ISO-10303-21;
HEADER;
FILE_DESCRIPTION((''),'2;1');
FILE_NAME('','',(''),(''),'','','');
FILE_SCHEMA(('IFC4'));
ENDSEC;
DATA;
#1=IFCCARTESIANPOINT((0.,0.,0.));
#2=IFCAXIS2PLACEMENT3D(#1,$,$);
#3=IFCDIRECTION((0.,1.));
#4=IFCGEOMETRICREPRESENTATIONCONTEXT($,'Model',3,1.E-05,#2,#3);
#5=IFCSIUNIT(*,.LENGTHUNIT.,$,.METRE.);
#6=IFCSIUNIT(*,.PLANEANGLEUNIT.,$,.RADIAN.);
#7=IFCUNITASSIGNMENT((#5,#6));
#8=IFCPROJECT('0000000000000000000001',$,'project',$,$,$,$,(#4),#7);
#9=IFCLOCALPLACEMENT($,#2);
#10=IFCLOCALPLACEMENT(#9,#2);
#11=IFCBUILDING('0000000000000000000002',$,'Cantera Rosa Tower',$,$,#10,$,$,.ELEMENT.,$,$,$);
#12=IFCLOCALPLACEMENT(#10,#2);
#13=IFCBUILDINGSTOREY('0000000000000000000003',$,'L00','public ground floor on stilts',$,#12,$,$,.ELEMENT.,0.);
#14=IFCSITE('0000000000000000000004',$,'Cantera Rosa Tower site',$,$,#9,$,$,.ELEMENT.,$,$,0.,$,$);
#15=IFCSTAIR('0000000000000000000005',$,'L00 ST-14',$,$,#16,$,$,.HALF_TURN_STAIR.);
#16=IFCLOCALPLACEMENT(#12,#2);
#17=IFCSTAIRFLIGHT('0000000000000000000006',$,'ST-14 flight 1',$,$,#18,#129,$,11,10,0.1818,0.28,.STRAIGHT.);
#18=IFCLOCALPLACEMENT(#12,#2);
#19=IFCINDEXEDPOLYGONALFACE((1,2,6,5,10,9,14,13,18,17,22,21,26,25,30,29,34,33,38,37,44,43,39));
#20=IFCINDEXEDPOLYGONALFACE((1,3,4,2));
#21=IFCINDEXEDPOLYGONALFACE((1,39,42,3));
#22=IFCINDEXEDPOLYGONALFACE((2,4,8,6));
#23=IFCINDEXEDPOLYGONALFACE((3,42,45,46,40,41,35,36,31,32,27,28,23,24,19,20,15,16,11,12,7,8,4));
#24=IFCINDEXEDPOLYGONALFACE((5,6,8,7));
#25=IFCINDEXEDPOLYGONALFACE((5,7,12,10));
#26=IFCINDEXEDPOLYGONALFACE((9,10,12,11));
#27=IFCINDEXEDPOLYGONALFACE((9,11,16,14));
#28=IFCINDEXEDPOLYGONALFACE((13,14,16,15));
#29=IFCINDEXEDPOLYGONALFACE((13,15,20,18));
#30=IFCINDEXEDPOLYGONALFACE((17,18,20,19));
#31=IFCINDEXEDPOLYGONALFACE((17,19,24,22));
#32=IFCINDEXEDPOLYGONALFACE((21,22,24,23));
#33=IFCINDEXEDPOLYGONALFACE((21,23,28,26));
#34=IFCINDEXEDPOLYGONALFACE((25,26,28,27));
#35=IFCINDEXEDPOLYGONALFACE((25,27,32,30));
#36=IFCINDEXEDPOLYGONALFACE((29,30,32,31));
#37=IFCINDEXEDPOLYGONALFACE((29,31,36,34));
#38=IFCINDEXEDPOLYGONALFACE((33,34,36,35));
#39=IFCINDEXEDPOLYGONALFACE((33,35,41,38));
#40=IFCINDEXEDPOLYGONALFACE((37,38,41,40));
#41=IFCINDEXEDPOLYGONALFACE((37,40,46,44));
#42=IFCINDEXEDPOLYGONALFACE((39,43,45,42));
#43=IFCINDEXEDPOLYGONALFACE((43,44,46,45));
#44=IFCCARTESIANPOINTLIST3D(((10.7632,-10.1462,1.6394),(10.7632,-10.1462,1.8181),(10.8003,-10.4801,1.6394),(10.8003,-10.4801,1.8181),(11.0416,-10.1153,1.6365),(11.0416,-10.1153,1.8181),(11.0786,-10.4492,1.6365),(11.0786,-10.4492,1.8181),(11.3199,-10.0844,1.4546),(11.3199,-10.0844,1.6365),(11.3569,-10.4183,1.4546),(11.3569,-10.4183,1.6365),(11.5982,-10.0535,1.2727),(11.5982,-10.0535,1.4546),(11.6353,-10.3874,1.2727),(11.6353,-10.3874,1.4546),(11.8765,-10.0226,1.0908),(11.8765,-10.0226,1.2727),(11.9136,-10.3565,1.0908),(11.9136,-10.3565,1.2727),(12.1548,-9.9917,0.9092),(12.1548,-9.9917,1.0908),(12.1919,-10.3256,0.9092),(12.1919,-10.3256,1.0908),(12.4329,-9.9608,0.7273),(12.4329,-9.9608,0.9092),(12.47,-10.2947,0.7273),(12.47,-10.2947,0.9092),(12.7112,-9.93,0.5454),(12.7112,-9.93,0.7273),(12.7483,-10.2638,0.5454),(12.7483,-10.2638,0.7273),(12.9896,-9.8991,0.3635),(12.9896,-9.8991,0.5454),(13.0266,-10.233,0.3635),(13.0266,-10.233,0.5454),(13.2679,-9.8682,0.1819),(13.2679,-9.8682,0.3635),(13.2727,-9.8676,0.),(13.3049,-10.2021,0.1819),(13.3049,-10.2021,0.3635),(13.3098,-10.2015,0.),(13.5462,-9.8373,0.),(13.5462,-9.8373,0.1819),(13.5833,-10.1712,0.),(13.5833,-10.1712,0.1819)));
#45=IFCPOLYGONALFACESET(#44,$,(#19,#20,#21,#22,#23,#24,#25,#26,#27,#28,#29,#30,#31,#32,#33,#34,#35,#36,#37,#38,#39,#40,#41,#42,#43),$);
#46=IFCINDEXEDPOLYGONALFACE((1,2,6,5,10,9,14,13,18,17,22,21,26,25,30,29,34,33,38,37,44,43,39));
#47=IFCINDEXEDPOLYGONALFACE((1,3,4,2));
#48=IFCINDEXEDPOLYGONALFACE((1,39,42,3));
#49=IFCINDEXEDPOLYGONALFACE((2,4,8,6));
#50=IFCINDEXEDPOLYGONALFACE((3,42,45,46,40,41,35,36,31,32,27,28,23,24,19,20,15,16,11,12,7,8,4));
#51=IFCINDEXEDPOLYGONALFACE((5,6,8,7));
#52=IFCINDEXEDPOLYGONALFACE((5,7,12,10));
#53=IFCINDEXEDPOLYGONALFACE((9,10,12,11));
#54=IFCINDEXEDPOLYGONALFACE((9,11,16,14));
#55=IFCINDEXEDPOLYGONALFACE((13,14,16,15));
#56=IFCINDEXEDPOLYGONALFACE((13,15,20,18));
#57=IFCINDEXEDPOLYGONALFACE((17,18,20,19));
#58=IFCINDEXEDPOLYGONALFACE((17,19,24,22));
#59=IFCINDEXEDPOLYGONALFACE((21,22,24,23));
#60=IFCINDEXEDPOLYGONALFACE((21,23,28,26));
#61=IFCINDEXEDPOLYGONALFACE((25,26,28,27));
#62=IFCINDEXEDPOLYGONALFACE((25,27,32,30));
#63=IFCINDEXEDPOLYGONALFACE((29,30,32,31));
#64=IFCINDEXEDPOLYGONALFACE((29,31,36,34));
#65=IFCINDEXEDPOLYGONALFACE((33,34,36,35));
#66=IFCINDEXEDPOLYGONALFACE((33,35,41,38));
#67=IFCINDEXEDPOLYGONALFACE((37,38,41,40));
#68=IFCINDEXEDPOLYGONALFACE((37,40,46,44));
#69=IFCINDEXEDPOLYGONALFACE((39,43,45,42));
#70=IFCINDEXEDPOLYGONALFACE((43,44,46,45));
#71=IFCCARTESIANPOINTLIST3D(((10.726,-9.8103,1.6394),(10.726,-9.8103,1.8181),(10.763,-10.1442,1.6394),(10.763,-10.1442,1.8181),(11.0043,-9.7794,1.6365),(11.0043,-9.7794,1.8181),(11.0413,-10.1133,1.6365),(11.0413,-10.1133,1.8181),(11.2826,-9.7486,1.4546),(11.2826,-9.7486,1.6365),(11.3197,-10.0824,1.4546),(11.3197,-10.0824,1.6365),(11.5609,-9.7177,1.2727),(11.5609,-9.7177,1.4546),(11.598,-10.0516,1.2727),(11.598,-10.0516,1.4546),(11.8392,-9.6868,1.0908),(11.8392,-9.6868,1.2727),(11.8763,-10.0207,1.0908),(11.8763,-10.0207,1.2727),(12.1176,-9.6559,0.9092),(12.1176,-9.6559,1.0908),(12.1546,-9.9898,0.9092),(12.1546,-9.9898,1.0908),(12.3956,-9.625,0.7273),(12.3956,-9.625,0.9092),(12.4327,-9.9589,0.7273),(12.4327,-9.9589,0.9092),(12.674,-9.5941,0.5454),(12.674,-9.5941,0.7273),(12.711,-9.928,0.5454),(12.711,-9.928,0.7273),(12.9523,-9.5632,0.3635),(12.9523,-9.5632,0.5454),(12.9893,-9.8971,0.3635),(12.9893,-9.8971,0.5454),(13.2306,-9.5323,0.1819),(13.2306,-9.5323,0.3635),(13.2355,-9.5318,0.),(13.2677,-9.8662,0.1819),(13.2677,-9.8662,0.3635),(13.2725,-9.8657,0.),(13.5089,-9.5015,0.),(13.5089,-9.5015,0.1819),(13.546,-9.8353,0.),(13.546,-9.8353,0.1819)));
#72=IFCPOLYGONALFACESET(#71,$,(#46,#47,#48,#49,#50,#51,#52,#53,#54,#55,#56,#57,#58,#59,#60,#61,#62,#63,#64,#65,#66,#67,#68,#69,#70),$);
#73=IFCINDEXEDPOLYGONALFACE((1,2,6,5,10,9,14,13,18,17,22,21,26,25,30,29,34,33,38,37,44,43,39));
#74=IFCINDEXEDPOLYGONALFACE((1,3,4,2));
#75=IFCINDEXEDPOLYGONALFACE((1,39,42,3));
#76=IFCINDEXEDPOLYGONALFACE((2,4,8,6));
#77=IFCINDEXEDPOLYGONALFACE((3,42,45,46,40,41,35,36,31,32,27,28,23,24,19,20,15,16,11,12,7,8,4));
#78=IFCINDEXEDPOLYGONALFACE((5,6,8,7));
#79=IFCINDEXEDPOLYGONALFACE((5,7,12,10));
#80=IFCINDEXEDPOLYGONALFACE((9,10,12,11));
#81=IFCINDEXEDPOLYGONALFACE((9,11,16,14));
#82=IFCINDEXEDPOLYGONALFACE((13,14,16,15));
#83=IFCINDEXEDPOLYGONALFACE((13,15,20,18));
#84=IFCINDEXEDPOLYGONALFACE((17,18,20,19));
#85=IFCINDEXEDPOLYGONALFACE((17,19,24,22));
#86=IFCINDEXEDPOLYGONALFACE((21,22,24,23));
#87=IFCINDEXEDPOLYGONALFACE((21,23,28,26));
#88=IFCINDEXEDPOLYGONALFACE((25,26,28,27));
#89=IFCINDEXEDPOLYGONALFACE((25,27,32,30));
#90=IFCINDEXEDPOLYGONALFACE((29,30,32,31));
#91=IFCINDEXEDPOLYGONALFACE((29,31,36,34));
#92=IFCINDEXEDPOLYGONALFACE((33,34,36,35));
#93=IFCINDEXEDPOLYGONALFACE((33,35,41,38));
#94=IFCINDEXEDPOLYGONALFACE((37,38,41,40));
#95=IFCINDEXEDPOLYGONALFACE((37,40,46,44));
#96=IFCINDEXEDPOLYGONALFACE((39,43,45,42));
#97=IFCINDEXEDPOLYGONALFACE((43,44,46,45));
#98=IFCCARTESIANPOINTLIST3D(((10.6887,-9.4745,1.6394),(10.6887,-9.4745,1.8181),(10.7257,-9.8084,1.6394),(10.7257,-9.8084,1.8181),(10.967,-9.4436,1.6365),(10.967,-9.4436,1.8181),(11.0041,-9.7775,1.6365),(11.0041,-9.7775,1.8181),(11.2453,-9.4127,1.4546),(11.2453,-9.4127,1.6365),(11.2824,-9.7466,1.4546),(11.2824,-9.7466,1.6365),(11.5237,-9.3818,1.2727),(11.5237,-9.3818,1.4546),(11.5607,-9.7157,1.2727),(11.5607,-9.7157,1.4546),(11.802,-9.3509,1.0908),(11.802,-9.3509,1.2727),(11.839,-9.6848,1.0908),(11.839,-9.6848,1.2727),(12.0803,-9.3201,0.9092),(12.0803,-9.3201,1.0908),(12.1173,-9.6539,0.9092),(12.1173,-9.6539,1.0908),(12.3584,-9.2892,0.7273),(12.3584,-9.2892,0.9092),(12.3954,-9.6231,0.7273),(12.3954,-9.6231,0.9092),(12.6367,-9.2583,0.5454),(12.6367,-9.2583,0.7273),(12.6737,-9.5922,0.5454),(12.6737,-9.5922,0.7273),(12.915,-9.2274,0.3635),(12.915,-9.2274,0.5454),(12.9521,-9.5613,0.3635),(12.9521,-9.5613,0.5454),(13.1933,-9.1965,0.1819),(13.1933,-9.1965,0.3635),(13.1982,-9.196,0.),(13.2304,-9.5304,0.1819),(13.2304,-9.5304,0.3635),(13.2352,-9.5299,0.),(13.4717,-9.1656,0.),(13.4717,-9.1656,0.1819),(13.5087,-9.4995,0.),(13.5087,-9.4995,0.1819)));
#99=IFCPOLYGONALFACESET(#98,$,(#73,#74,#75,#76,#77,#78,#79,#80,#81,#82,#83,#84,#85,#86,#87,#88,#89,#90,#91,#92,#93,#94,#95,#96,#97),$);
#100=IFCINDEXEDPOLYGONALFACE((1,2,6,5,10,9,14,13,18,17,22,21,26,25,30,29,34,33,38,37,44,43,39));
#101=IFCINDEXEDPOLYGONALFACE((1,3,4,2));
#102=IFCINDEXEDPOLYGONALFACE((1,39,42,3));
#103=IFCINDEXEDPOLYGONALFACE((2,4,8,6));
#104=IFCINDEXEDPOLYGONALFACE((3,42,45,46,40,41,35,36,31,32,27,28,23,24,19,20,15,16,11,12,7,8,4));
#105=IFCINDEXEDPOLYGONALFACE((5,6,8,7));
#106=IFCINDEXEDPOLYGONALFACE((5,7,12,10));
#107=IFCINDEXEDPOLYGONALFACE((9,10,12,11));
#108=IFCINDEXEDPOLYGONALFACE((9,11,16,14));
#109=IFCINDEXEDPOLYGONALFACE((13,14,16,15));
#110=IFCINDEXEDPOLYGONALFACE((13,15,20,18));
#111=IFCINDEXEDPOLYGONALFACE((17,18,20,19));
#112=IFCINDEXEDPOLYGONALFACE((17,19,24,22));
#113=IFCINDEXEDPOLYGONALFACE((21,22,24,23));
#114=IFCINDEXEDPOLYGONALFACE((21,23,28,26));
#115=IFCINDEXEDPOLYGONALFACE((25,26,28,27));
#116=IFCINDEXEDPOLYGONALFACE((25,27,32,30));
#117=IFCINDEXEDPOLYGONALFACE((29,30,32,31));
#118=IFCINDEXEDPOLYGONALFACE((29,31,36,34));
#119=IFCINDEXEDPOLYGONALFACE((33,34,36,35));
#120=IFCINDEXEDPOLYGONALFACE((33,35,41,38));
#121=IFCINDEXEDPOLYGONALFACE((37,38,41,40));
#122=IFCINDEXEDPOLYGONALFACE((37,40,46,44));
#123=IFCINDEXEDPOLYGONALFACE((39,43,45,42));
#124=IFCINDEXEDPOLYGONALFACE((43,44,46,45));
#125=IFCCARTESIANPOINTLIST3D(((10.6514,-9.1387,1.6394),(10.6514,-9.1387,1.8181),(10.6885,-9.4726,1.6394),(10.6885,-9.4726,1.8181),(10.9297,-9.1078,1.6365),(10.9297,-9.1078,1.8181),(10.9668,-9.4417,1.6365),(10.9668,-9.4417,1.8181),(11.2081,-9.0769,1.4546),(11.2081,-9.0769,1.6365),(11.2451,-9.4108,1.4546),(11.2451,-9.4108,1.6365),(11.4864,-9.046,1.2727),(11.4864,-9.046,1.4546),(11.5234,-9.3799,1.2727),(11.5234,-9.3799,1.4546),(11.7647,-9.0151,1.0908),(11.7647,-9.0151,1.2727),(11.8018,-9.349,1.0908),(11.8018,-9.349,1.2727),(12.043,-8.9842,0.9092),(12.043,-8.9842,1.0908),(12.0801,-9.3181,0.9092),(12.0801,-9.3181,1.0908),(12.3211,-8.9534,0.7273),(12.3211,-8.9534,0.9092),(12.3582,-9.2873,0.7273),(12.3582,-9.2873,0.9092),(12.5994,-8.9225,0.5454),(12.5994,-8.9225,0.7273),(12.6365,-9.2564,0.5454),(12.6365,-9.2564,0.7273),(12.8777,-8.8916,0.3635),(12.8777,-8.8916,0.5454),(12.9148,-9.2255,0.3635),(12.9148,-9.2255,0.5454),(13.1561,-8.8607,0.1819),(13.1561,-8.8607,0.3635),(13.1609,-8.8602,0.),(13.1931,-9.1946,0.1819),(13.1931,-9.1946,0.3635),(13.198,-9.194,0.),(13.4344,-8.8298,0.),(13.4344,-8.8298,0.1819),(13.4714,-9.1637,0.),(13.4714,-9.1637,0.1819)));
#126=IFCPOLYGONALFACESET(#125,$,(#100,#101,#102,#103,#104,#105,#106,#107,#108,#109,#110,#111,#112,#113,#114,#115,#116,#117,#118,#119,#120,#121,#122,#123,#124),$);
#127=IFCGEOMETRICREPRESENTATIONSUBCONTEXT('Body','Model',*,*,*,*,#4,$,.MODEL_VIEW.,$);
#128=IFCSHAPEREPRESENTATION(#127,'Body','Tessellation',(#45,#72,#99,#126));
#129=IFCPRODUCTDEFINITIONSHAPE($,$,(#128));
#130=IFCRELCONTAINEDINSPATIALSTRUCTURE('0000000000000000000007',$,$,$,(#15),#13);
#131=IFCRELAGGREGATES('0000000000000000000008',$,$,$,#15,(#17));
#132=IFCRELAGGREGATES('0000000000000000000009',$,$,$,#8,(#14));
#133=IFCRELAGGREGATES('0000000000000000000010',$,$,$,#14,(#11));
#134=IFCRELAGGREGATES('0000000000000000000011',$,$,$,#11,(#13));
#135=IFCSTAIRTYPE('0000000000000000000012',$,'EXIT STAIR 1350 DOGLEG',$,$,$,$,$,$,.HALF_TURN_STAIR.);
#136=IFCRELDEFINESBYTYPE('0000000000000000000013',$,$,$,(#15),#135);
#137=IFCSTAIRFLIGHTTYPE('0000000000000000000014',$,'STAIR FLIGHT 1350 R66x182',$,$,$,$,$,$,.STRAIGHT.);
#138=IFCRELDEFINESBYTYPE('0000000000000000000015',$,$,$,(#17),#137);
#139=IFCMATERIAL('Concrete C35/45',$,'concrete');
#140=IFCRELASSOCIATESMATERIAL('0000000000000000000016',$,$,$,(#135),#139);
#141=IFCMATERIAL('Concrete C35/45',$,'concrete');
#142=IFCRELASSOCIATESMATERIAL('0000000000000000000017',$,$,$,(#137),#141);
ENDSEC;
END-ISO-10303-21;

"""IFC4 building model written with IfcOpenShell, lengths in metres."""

from ifc_helpers import new_model, si_unit, direction, frame, origin, place, context, subcontext, project, spatial, polyline, outline, extrude, material, type_object, element, aggregate, save


model = new_model("IFC4")

# Units and contexts
model_context = context("Model", 3, precision=1e-05, world=origin(), true_north=direction((0.0, 1.0)))
body_context = subcontext(model_context, "Body", "Model", "MODEL_VIEW")
ifc_project = project(units=[si_unit("LENGTHUNIT", "METRE"), si_unit("PLANEANGLEUNIT", "RADIAN")], contexts=[model_context])

# Site, building, storey
site_placement = place(None, origin())
site = spatial("IfcSite", under=ifc_project, at=site_placement, Name="Cantera Rosa Tower site", CompositionType="ELEMENT", RefElevation=0.0)
building_placement = place(site_placement, origin())
building = spatial("IfcBuilding", under=site, at=building_placement, Name="Cantera Rosa Tower", CompositionType="ELEMENT")
storey_placement = place(building_placement, origin())
storey = spatial("IfcBuildingStorey", under=building, at=storey_placement, Name="L00", Description="public ground floor on stilts", CompositionType="ELEMENT", Elevation=0.0)

# Stair, stair flight
ifc_material_1 = material(Name="Concrete C35/45", Category="concrete")
stair_type = type_object("IfcStairType", Name="EXIT STAIR 1350 DOGLEG", PredefinedType="HALF_TURN_STAIR", material=ifc_material_1)
stair_placement = place(storey_placement, origin())
stair = element("IfcStair", 1, at=stair_placement, inside=storey, type_object=stair_type, Name="L00 ST-14", PredefinedType="HALF_TURN_STAIR")
ifc_material_2 = material(Name="Concrete C35/45", Category="concrete")
stair_flight_type = type_object("IfcStairFlightType", Name="STAIR FLIGHT 1350 R66x182", PredefinedType="STRAIGHT", material=ifc_material_2)
stair_flight_1_placement = place(storey_placement, frame((13.5088, -9.5002, 0.0), z_axis=(0.0, 0.0, 1.0), x_axis=(-0.993897, -0.110313, 0.0)))
stair_flight_1 = element("IfcStairFlight", 2, at=stair_flight_1_placement, type_object=stair_flight_type, Name="ST-14 flight 1", NumberOfRisers=11, NumberOfTreads=10, PredefinedType="STRAIGHT", RiserHeight=0.1818, TreadLength=0.28, context=body_context, shape_type="SweptSolid", body=[
    extrude(outline(polyline([(0.0, 0.0), (0.0, 0.1819), (0.28, 0.1819), (0.28, 0.3635), (0.5601, 0.3635), (0.5601, 0.5454), (0.8401, 0.5454), (0.8401, 0.7273), (1.1201, 0.7273), (1.1201, 0.9092), (1.3999, 0.9092), (1.3999, 1.0908), (1.6799, 1.0908), (1.6799, 1.2727), (1.96, 1.2727), (1.96, 1.4546), (2.24, 1.4546), (2.24, 1.6365), (2.52, 1.6365), (2.52, 1.8181), (2.8, 1.8181), (2.8, 2.0), (2.8, 1.6394), (0.2751, 0.0), (0.0, 0.0)])), frame((0.0, 0.675, 0.0), z_axis=(0.0, -1.0, 0.0), x_axis=(1.0, 0.0, 0.0)), (0.0, 0.0, 1.0), 0.3359),
    extrude(outline(polyline([(0.0, 0.0), (0.0, 0.1819), (0.28, 0.1819), (0.28, 0.3635), (0.5601, 0.3635), (0.5601, 0.5454), (0.8401, 0.5454), (0.8401, 0.7273), (1.1201, 0.7273), (1.1201, 0.9092), (1.3999, 0.9092), (1.3999, 1.0908), (1.6799, 1.0908), (1.6799, 1.2727), (1.96, 1.2727), (1.96, 1.4546), (2.24, 1.4546), (2.24, 1.6365), (2.52, 1.6365), (2.52, 1.8181), (2.8, 1.8181), (2.8, 2.0), (2.8, 1.6394), (0.2751, 0.0), (0.0, 0.0)])), frame((0.0, 0.3372, 0.0), z_axis=(0.0, -1.0, 0.0), x_axis=(1.0, 0.0, 0.0)), (0.0, 0.0, 1.0), 0.3359),
    extrude(outline(polyline([(0.0, 0.0), (0.0, 0.1819), (0.28, 0.1819), (0.28, 0.3635), (0.5601, 0.3635), (0.5601, 0.5454), (0.8401, 0.5454), (0.8401, 0.7273), (1.1201, 0.7273), (1.1201, 0.9092), (1.3999, 0.9092), (1.3999, 1.0908), (1.6799, 1.0908), (1.6799, 1.2727), (1.96, 1.2727), (1.96, 1.4546), (2.24, 1.4546), (2.24, 1.6365), (2.52, 1.6365), (2.52, 1.8181), (2.8, 1.8181), (2.8, 2.0), (2.8, 1.6394), (0.2751, 0.0), (0.0, 0.0)])), frame((0.0, -0.0007, 0.0), z_axis=(0.0, -1.0, 0.0), x_axis=(1.0, 0.0, 0.0)), (0.0, 0.0, 1.0), 0.3359),
    extrude(outline(polyline([(0.0, 0.0), (0.0, 0.1819), (0.28, 0.1819), (0.28, 0.3635), (0.5601, 0.3635), (0.5601, 0.5454), (0.8401, 0.5454), (0.8401, 0.7273), (1.1201, 0.7273), (1.1201, 0.9092), (1.3999, 0.9092), (1.3999, 1.0908), (1.6799, 1.0908), (1.6799, 1.2727), (1.96, 1.2727), (1.96, 1.4546), (2.24, 1.4546), (2.24, 1.6365), (2.52, 1.6365), (2.52, 1.8181), (2.8, 1.8181), (2.8, 2.0), (2.8, 1.6394), (0.2751, 0.0), (0.0, 0.0)])), frame((0.0, -0.3386, 0.0), z_axis=(0.0, -1.0, 0.0), x_axis=(1.0, 0.0, 0.0)), (0.0, 0.0, 1.0), 0.3359),
])
aggregate(stair, [stair_flight_1])

save(model, "model.ifc")
